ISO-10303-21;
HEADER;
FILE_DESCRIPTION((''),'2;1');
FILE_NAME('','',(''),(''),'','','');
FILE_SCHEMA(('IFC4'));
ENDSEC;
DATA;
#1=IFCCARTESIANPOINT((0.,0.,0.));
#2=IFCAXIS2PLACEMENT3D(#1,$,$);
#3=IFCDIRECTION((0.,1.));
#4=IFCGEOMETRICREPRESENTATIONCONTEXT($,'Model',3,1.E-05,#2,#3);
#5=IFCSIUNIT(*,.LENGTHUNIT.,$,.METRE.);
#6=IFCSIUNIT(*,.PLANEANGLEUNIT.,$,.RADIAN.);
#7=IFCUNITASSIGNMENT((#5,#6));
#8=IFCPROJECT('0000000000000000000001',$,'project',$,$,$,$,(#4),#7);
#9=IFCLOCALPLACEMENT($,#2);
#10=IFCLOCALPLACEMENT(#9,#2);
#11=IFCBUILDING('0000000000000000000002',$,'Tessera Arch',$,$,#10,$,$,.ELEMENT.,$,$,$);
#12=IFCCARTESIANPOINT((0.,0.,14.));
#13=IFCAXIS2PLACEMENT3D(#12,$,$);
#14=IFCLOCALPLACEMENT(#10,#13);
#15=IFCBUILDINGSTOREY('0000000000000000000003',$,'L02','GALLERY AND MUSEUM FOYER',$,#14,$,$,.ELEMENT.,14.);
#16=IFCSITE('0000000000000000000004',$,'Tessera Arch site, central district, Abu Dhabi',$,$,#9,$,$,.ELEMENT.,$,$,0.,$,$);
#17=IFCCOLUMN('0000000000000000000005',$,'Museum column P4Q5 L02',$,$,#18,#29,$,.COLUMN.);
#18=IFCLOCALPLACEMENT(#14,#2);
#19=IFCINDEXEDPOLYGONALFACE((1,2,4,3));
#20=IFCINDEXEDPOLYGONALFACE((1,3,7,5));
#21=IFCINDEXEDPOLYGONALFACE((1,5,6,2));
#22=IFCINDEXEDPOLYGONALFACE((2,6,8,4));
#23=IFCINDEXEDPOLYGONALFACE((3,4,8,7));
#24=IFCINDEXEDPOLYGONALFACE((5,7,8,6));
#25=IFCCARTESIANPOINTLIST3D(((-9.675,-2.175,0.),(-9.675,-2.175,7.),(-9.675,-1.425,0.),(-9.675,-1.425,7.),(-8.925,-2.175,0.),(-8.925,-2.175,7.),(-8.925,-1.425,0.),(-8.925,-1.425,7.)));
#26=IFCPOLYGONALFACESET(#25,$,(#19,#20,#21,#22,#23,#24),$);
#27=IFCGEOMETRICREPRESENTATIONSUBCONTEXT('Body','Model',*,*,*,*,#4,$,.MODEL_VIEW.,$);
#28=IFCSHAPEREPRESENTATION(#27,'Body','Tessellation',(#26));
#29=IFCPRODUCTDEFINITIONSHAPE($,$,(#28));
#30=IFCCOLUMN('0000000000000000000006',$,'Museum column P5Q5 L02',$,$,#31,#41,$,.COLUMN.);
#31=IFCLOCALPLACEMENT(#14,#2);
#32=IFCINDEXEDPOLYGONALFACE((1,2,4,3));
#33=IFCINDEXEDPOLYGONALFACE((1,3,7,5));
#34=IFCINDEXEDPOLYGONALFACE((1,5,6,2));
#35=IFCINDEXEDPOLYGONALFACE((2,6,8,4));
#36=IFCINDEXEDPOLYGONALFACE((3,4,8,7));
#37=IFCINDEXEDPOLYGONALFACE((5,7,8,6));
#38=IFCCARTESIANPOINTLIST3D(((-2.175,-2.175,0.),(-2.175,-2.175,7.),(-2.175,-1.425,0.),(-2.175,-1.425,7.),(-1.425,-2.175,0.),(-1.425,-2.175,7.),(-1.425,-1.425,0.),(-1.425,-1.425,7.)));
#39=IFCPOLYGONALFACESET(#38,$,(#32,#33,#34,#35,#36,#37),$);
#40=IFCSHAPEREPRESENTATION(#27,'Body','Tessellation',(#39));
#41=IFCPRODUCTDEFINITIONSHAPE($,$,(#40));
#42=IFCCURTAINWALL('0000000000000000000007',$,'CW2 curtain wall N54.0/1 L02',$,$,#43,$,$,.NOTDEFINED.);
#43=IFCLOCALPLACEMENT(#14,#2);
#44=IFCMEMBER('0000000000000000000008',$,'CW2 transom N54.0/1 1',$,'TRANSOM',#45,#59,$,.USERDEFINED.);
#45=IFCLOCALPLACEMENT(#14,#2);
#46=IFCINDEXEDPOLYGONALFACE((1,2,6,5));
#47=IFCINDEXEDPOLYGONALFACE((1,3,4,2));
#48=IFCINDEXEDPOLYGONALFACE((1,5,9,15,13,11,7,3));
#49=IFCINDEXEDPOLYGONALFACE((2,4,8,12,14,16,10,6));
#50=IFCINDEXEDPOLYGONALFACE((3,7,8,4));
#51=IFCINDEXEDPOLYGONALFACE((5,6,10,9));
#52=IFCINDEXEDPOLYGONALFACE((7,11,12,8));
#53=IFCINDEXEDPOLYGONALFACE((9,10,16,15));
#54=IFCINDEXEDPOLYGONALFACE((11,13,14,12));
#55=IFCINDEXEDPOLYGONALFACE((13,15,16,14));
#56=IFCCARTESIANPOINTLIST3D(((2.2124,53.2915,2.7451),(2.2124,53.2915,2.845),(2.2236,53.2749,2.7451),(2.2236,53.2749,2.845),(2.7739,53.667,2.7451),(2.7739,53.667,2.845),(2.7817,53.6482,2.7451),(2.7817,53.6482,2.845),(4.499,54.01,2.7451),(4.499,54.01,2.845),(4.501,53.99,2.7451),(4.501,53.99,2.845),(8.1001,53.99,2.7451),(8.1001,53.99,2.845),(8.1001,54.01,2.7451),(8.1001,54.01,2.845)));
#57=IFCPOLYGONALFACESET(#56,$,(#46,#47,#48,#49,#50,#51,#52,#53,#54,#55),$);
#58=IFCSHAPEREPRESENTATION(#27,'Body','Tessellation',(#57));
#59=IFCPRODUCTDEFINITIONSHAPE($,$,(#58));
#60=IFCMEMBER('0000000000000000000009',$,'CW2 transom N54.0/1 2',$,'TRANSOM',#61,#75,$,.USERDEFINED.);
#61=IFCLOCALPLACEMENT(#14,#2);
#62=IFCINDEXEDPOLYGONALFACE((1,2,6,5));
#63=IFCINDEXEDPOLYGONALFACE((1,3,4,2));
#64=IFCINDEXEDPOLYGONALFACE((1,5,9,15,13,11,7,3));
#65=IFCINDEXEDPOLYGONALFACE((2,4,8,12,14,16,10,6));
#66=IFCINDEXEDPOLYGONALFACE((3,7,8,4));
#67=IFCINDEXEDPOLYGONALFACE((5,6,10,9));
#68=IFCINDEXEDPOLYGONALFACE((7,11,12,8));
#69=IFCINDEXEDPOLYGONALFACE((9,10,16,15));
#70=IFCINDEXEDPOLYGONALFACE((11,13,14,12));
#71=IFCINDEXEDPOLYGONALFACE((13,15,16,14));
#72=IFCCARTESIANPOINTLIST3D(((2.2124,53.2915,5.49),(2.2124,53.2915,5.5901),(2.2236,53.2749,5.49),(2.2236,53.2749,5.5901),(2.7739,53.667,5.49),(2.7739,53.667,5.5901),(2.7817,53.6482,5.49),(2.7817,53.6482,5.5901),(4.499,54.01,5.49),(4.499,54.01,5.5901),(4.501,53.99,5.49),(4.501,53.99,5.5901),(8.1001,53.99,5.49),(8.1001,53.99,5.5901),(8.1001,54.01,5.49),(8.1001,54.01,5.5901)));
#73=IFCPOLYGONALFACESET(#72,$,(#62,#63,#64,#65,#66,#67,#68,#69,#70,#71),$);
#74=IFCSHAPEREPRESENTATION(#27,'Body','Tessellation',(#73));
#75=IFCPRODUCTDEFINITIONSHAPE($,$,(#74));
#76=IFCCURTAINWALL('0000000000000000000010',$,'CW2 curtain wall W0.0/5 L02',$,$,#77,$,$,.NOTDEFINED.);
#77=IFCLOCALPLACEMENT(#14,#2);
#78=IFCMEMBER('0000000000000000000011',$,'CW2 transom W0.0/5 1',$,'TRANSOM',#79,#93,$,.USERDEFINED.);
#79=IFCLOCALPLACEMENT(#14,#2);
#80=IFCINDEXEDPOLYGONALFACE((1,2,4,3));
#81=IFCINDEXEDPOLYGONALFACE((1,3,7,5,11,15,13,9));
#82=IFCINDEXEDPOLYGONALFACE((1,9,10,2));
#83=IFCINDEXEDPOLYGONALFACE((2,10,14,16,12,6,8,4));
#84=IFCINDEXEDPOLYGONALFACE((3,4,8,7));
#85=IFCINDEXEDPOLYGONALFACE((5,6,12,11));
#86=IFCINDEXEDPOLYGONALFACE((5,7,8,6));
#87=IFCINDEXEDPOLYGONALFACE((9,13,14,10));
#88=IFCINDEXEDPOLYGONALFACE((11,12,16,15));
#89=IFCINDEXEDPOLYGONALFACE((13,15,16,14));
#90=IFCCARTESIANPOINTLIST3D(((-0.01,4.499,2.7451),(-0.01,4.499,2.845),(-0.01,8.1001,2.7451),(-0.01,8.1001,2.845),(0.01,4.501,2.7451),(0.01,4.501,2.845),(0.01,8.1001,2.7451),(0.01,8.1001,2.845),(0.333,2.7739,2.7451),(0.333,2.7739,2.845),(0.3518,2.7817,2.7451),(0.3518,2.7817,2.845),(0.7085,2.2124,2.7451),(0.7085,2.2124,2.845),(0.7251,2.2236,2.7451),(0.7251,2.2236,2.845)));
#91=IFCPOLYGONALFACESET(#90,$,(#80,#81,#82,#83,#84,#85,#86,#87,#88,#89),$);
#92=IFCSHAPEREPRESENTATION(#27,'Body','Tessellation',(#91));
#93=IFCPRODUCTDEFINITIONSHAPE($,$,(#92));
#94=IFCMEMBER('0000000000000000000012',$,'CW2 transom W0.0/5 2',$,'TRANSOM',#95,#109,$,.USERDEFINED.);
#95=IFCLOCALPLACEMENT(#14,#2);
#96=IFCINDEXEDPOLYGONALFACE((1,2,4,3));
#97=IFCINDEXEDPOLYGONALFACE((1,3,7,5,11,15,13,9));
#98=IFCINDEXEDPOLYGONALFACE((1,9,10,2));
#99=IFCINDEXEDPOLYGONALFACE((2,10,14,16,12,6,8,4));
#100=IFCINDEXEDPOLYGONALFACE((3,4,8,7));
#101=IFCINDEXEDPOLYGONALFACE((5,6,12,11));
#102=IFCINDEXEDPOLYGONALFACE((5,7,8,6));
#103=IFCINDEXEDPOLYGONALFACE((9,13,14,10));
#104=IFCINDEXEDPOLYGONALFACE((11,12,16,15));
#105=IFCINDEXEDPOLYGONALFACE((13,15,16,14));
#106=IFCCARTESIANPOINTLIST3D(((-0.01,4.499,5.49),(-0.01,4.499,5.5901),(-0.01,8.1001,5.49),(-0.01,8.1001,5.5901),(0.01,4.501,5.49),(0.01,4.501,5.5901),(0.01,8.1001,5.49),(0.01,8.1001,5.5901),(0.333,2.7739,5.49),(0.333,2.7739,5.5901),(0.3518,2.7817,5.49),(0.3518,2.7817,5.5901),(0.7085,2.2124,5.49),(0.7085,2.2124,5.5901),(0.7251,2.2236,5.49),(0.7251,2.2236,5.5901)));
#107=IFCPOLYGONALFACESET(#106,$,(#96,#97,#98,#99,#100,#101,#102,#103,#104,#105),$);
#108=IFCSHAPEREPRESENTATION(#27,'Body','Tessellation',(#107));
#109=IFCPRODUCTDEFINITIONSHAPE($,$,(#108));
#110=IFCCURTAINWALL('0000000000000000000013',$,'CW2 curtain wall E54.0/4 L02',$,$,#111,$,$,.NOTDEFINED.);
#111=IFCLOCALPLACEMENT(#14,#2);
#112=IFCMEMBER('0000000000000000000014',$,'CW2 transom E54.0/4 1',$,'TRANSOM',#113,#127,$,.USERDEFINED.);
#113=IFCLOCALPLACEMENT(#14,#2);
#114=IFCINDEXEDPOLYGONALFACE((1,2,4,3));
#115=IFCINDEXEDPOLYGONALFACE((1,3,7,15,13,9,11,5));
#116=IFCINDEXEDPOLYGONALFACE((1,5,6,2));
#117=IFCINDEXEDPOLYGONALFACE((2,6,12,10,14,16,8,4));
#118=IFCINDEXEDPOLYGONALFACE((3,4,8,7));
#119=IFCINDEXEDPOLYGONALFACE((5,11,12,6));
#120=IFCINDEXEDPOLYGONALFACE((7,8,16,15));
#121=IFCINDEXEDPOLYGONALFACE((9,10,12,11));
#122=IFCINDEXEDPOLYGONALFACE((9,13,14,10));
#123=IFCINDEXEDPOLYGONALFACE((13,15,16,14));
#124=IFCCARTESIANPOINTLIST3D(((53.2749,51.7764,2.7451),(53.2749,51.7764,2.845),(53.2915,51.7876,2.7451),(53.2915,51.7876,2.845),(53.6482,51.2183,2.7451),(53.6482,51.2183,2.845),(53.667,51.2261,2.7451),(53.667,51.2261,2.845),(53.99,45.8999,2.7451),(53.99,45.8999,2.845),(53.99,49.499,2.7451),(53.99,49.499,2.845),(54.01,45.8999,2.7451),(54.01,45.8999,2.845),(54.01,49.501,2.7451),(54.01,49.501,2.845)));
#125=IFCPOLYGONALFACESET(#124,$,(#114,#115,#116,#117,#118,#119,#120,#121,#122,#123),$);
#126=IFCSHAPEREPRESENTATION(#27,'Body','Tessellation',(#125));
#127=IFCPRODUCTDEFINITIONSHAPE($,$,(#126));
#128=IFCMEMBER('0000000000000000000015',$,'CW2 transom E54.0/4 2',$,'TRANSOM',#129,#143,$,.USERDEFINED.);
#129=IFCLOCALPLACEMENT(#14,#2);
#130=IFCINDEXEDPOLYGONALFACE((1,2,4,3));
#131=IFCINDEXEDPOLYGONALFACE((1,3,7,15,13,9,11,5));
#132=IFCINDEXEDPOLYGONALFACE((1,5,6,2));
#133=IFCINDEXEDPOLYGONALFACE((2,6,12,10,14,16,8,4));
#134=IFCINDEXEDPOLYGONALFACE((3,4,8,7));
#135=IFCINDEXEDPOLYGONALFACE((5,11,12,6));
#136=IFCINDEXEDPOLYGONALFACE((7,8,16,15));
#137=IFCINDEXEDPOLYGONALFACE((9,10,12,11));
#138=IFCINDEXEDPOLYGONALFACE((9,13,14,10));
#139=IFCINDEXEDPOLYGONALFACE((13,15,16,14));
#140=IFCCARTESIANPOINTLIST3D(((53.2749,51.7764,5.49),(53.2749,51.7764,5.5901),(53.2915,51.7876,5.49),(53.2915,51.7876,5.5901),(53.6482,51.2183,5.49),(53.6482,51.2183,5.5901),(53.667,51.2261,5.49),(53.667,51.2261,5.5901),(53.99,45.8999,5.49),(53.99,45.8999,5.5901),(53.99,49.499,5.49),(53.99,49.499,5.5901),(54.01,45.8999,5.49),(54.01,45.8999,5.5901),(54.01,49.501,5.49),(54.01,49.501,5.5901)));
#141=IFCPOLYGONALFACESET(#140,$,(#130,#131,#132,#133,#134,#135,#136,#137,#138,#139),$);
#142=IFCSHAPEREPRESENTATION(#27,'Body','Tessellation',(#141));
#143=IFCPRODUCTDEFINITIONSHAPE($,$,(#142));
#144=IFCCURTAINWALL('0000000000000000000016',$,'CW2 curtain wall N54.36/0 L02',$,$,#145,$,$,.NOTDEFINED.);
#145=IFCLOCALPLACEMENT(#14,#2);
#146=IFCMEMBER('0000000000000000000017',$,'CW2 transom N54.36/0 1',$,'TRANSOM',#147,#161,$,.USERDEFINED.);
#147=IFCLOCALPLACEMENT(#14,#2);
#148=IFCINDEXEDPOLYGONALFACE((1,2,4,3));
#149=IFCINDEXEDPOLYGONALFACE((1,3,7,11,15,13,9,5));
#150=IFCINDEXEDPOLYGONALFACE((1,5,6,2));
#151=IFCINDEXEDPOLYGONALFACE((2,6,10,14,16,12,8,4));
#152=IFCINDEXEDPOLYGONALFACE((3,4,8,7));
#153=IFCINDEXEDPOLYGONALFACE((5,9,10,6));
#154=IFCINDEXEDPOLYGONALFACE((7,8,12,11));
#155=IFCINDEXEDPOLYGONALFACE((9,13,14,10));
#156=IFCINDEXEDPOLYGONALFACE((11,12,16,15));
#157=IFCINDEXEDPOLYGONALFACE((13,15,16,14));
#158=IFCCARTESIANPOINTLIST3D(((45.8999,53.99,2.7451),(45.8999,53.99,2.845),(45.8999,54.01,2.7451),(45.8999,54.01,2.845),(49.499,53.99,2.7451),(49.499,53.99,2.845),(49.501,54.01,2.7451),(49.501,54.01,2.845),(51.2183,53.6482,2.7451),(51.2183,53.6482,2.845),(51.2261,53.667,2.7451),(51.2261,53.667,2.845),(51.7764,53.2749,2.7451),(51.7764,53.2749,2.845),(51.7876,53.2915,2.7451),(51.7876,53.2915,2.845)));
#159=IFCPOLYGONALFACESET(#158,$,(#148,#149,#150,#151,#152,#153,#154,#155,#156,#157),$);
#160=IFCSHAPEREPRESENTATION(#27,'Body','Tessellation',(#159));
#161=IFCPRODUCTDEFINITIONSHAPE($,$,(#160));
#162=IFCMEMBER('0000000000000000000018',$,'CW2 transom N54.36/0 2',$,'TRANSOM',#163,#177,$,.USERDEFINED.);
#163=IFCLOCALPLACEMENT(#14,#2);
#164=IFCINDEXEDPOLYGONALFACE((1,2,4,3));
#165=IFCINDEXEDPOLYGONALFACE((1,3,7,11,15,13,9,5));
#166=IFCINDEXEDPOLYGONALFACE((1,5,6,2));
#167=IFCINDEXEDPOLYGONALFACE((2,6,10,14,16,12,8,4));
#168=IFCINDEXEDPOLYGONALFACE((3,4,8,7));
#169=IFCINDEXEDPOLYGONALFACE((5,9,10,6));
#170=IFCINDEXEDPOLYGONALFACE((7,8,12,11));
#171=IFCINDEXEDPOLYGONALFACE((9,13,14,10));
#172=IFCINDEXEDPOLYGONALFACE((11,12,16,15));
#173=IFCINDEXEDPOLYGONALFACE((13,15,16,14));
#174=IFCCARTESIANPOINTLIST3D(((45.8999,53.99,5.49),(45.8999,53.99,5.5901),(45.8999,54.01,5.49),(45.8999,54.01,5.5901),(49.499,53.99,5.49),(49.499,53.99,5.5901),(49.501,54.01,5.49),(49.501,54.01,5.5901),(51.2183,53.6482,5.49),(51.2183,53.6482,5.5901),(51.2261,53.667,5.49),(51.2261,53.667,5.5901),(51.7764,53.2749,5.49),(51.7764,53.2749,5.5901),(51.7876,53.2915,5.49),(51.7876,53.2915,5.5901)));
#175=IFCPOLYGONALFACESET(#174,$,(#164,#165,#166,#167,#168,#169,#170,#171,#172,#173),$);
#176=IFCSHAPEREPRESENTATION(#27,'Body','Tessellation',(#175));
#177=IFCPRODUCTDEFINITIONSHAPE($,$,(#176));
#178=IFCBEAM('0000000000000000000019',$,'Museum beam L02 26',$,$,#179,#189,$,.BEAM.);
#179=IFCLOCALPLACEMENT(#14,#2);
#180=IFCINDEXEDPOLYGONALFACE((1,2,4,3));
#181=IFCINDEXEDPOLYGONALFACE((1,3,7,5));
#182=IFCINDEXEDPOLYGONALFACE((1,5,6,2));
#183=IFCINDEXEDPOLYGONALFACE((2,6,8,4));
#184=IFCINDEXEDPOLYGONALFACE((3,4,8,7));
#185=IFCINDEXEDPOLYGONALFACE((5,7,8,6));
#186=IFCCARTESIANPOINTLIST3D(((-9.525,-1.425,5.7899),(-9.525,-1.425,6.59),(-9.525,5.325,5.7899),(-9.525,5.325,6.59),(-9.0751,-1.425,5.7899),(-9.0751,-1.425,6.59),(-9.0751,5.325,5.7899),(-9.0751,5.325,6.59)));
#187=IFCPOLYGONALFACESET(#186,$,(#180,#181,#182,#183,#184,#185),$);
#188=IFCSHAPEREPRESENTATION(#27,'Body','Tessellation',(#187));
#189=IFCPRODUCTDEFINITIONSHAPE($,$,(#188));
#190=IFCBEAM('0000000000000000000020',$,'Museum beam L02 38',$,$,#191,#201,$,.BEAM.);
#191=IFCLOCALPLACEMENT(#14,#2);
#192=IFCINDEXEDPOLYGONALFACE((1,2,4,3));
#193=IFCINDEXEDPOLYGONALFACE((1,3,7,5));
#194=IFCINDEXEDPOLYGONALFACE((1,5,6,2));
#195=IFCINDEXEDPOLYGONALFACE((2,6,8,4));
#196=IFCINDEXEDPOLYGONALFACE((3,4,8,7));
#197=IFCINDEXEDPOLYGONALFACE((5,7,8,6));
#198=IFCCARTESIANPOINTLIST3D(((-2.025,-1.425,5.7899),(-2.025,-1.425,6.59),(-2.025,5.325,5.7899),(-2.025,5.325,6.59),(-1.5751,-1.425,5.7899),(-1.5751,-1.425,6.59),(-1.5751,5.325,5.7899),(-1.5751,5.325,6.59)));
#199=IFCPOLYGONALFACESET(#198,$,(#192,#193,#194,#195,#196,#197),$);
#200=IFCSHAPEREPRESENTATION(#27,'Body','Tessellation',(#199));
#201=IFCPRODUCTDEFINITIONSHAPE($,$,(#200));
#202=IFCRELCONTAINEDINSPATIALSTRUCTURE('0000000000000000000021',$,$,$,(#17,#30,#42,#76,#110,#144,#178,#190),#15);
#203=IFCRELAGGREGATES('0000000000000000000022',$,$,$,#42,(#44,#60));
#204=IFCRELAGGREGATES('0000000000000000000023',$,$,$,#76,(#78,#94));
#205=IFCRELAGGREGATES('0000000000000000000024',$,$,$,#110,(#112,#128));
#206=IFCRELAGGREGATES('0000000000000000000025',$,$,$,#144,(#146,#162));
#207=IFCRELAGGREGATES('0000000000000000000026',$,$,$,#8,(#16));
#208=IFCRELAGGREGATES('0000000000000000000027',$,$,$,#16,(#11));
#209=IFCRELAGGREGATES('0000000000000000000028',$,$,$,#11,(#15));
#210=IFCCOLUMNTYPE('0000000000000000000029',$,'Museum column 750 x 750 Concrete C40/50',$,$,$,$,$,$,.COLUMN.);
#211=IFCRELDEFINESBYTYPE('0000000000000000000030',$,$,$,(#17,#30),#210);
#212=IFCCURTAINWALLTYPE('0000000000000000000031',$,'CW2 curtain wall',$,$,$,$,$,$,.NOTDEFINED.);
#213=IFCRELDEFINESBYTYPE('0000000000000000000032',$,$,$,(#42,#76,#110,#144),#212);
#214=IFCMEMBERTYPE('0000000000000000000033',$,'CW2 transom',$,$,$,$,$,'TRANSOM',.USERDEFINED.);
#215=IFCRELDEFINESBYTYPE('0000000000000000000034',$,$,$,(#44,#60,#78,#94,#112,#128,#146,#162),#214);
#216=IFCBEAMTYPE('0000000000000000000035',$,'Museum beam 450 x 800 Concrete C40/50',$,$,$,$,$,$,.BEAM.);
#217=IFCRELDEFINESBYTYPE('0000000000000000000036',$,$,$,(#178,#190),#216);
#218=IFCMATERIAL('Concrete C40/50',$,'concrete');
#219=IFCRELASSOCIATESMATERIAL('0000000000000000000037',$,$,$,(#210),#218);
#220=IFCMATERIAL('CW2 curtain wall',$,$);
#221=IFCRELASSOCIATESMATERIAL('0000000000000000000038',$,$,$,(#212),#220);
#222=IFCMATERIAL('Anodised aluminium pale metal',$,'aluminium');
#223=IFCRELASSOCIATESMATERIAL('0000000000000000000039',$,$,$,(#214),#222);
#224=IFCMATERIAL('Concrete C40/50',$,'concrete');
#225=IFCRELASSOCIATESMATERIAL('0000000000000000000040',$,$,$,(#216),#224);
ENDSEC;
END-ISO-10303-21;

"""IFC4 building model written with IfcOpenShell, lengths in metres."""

from ifc_helpers import new_model, si_unit, direction, frame, origin, origin_2d, place, context, subcontext, project, spatial, polyline, rectangle, outline, extrude, material, material_profile, profile_set, type_object, element, aggregate, save


model = new_model("IFC4")

# Units and contexts
model_context = context("Model", 3, precision=1e-05, world=origin(), true_north=direction((0.0, 1.0)))
body_context = subcontext(model_context, "Body", "Model", "MODEL_VIEW")
ifc_project = project(units=[si_unit("LENGTHUNIT", "METRE"), si_unit("PLANEANGLEUNIT", "RADIAN")], contexts=[model_context])

# Site, building, storey
site_placement = place(None, origin())
site = spatial("IfcSite", under=ifc_project, at=site_placement, Name="Tessera Arch site, central district, Abu Dhabi", CompositionType="ELEMENT", RefElevation=0.0)
building_placement = place(site_placement, origin())
building = spatial("IfcBuilding", under=site, at=building_placement, Name="Tessera Arch", CompositionType="ELEMENT")
storey_placement = place(building_placement, frame((0.0, 0.0, 14.0)))
storey = spatial("IfcBuildingStorey", under=building, at=storey_placement, Name="L02", Description="GALLERY AND MUSEUM FOYER", CompositionType="ELEMENT", Elevation=14.0)

# Columns
ifc_material_1 = material(Name="Concrete C40/50", Category="concrete")
ifc_material_profile_1 = material_profile(ifc_material_1, rectangle(XDim=0.75, YDim=0.75, at=origin_2d()), Name="Museum column 750 x 750 Concrete C40/50")
ifc_profile_set_1 = profile_set([ifc_material_profile_1], Name="Concrete C40/50")
column_type = type_object("IfcColumnType", Name="Museum column 750 x 750 Concrete C40/50", PredefinedType="COLUMN", material=ifc_profile_set_1)
for number, where, z_axis, x_axis, name in (
    (1, (-9.3, -1.8, 0.0), (0.0, 0.0, 1.0), (1.0, 0.0, 0.0), "Museum column P4Q5 L02"),
    (2, (-1.8, -1.8, 0.0), (0.0, 0.0, 1.0), (1.0, 0.0, 0.0), "Museum column P5Q5 L02"),
):
    element("IfcColumn", number, at=place(storey_placement, frame(where, z_axis=z_axis, x_axis=x_axis)), inside=storey, type_object=column_type, Name=name, PredefinedType="COLUMN", context=body_context, shape_type="SweptSolid", body=[
        extrude(rectangle(XDim=0.75, YDim=0.75, at=origin_2d()), origin(), (0.0, 0.0, 1.0), 7.0),
    ])

# Curtain walls, members
ifc_material_2 = material(Name="CW2 curtain wall")
curtain_wall_type = type_object("IfcCurtainWallType", Name="CW2 curtain wall", PredefinedType="NOTDEFINED", material=ifc_material_2)
curtain_wall_1_placement = place(storey_placement, origin())
curtain_wall_1 = element("IfcCurtainWall", 3, at=curtain_wall_1_placement, inside=storey, type_object=curtain_wall_type, Name="CW2 curtain wall N54.0/1 L02", PredefinedType="NOTDEFINED")
ifc_material_3 = material(Name="Anodised aluminium pale metal", Category="aluminium")
ifc_material_profile_2 = material_profile(ifc_material_3, rectangle(XDim=0.2, YDim=0.1001, at=origin_2d()), Name="AL 200x100")
ifc_profile_set_2 = profile_set([ifc_material_profile_2], Name="Anodised aluminium pale metal")
member_type = type_object("IfcMemberType", Name="CW2 transom", ElementType="TRANSOM", PredefinedType="USERDEFINED", material=ifc_profile_set_2)
member_1_placement = place(storey_placement, frame((0.0, 0.0, 2.7451)))
member_1 = element("IfcMember", 4, at=member_1_placement, type_object=member_type, Name="CW2 transom N54.0/1 1", ObjectType="TRANSOM", PredefinedType="USERDEFINED", context=body_context, shape_type="SweptSolid", body=[
    extrude(outline(polyline([(4.501, 53.99), (8.1001, 53.99), (8.1001, 54.01), (4.499, 54.01), (2.7739, 53.667), (2.2124, 53.2915), (2.2236, 53.2749), (2.7817, 53.6482), (4.501, 53.99)])), origin(), (0.0, 0.0, 1.0), 0.0999),
])
member_2_placement = place(storey_placement, frame((0.0, 0.0, 5.49)))
member_2 = element("IfcMember", 5, at=member_2_placement, type_object=member_type, Name="CW2 transom N54.0/1 2", ObjectType="TRANSOM", PredefinedType="USERDEFINED", context=body_context, shape_type="SweptSolid", body=[
    extrude(outline(polyline([(4.501, 53.99), (8.1001, 53.99), (8.1001, 54.01), (4.499, 54.01), (2.7739, 53.667), (2.2124, 53.2915), (2.2236, 53.2749), (2.7817, 53.6482), (4.501, 53.99)])), origin(), (0.0, 0.0, 1.0), 0.1001),
])
curtain_wall_2_placement = place(storey_placement, origin())
curtain_wall_2 = element("IfcCurtainWall", 6, at=curtain_wall_2_placement, inside=storey, type_object=curtain_wall_type, Name="CW2 curtain wall W0.0/5 L02", PredefinedType="NOTDEFINED")
member_3_placement = place(storey_placement, frame((0.0, 0.0, 2.7451)))
member_3 = element("IfcMember", 7, at=member_3_placement, type_object=member_type, Name="CW2 transom W0.0/5 1", ObjectType="TRANSOM", PredefinedType="USERDEFINED", context=body_context, shape_type="SweptSolid", body=[
    extrude(outline(polyline([(0.01, 4.501), (0.01, 8.1001), (-0.01, 8.1001), (-0.01, 4.499), (0.333, 2.7739), (0.7085, 2.2124), (0.7251, 2.2236), (0.3518, 2.7817), (0.01, 4.501)])), origin(), (0.0, 0.0, 1.0), 0.0999),
])
member_4_placement = place(storey_placement, frame((0.0, 0.0, 5.49)))
member_4 = element("IfcMember", 8, at=member_4_placement, type_object=member_type, Name="CW2 transom W0.0/5 2", ObjectType="TRANSOM", PredefinedType="USERDEFINED", context=body_context, shape_type="SweptSolid", body=[
    extrude(outline(polyline([(0.01, 4.501), (0.01, 8.1001), (-0.01, 8.1001), (-0.01, 4.499), (0.333, 2.7739), (0.7085, 2.2124), (0.7251, 2.2236), (0.3518, 2.7817), (0.01, 4.501)])), origin(), (0.0, 0.0, 1.0), 0.1001),
])
curtain_wall_3_placement = place(storey_placement, origin())
curtain_wall_3 = element("IfcCurtainWall", 9, at=curtain_wall_3_placement, inside=storey, type_object=curtain_wall_type, Name="CW2 curtain wall E54.0/4 L02", PredefinedType="NOTDEFINED")
member_5_placement = place(storey_placement, frame((0.0, 0.0, 2.7451)))
member_5 = element("IfcMember", 10, at=member_5_placement, type_object=member_type, Name="CW2 transom E54.0/4 1", ObjectType="TRANSOM", PredefinedType="USERDEFINED", context=body_context, shape_type="SweptSolid", body=[
    extrude(outline(polyline([(53.99, 49.499), (53.99, 45.8999), (54.01, 45.8999), (54.01, 49.501), (53.667, 51.2261), (53.2915, 51.7876), (53.2749, 51.7764), (53.6482, 51.2183), (53.99, 49.499)])), origin(), (0.0, 0.0, 1.0), 0.0999),
])
member_6_placement = place(storey_placement, frame((0.0, 0.0, 5.49)))
member_6 = element("IfcMember", 11, at=member_6_placement, type_object=member_type, Name="CW2 transom E54.0/4 2", ObjectType="TRANSOM", PredefinedType="USERDEFINED", context=body_context, shape_type="SweptSolid", body=[
    extrude(outline(polyline([(53.99, 49.499), (53.99, 45.8999), (54.01, 45.8999), (54.01, 49.501), (53.667, 51.2261), (53.2915, 51.7876), (53.2749, 51.7764), (53.6482, 51.2183), (53.99, 49.499)])), origin(), (0.0, 0.0, 1.0), 0.1001),
])
curtain_wall_4_placement = place(storey_placement, origin())
curtain_wall_4 = element("IfcCurtainWall", 12, at=curtain_wall_4_placement, inside=storey, type_object=curtain_wall_type, Name="CW2 curtain wall N54.36/0 L02", PredefinedType="NOTDEFINED")
member_7_placement = place(storey_placement, frame((0.0, 0.0, 2.7451)))
member_7 = element("IfcMember", 13, at=member_7_placement, type_object=member_type, Name="CW2 transom N54.36/0 1", ObjectType="TRANSOM", PredefinedType="USERDEFINED", context=body_context, shape_type="SweptSolid", body=[
    extrude(outline(polyline([(51.2183, 53.6482), (51.7764, 53.2749), (51.7876, 53.2915), (51.2261, 53.667), (49.501, 54.01), (45.8999, 54.01), (45.8999, 53.99), (49.499, 53.99), (51.2183, 53.6482)])), origin(), (0.0, 0.0, 1.0), 0.0999),
])
member_8_placement = place(storey_placement, frame((0.0, 0.0, 5.49)))
member_8 = element("IfcMember", 14, at=member_8_placement, type_object=member_type, Name="CW2 transom N54.36/0 2", ObjectType="TRANSOM", PredefinedType="USERDEFINED", context=body_context, shape_type="SweptSolid", body=[
    extrude(outline(polyline([(51.2183, 53.6482), (51.7764, 53.2749), (51.7876, 53.2915), (51.2261, 53.667), (49.501, 54.01), (45.8999, 54.01), (45.8999, 53.99), (49.499, 53.99), (51.2183, 53.6482)])), origin(), (0.0, 0.0, 1.0), 0.1001),
])

# Beams
ifc_material_4 = material(Name="Concrete C40/50", Category="concrete")
ifc_material_profile_3 = material_profile(ifc_material_4, rectangle(XDim=0.45, YDim=0.8, at=origin_2d()), Name="Museum beam 450 x 800 Concrete C40/50")
ifc_profile_set_3 = profile_set([ifc_material_profile_3], Name="Concrete C40/50")
beam_type = type_object("IfcBeamType", Name="Museum beam 450 x 800 Concrete C40/50", PredefinedType="BEAM", material=ifc_profile_set_3)
for number, where, z_axis, x_axis, name in (
    (15, (-9.3, -1.425, 6.1899), (0.0, 1.0, 0.0), (-1.0, 0.0, 0.0), "Museum beam L02 26"),
    (16, (-1.8, -1.425, 6.1899), (0.0, 1.0, 0.0), (-1.0, 0.0, 0.0), "Museum beam L02 38"),
):
    element("IfcBeam", number, at=place(storey_placement, frame(where, z_axis=z_axis, x_axis=x_axis)), inside=storey, type_object=beam_type, Name=name, PredefinedType="BEAM", context=body_context, shape_type="SweptSolid", body=[
        extrude(rectangle(XDim=0.45, YDim=0.8, at=origin_2d()), origin(), (0.0, 0.0, 1.0), 6.75),
    ])

aggregate(curtain_wall_1, [member_1, member_2])
aggregate(curtain_wall_2, [member_3, member_4])
aggregate(curtain_wall_3, [member_5, member_6])
aggregate(curtain_wall_4, [member_7, member_8])

save(model, "model.ifc")
